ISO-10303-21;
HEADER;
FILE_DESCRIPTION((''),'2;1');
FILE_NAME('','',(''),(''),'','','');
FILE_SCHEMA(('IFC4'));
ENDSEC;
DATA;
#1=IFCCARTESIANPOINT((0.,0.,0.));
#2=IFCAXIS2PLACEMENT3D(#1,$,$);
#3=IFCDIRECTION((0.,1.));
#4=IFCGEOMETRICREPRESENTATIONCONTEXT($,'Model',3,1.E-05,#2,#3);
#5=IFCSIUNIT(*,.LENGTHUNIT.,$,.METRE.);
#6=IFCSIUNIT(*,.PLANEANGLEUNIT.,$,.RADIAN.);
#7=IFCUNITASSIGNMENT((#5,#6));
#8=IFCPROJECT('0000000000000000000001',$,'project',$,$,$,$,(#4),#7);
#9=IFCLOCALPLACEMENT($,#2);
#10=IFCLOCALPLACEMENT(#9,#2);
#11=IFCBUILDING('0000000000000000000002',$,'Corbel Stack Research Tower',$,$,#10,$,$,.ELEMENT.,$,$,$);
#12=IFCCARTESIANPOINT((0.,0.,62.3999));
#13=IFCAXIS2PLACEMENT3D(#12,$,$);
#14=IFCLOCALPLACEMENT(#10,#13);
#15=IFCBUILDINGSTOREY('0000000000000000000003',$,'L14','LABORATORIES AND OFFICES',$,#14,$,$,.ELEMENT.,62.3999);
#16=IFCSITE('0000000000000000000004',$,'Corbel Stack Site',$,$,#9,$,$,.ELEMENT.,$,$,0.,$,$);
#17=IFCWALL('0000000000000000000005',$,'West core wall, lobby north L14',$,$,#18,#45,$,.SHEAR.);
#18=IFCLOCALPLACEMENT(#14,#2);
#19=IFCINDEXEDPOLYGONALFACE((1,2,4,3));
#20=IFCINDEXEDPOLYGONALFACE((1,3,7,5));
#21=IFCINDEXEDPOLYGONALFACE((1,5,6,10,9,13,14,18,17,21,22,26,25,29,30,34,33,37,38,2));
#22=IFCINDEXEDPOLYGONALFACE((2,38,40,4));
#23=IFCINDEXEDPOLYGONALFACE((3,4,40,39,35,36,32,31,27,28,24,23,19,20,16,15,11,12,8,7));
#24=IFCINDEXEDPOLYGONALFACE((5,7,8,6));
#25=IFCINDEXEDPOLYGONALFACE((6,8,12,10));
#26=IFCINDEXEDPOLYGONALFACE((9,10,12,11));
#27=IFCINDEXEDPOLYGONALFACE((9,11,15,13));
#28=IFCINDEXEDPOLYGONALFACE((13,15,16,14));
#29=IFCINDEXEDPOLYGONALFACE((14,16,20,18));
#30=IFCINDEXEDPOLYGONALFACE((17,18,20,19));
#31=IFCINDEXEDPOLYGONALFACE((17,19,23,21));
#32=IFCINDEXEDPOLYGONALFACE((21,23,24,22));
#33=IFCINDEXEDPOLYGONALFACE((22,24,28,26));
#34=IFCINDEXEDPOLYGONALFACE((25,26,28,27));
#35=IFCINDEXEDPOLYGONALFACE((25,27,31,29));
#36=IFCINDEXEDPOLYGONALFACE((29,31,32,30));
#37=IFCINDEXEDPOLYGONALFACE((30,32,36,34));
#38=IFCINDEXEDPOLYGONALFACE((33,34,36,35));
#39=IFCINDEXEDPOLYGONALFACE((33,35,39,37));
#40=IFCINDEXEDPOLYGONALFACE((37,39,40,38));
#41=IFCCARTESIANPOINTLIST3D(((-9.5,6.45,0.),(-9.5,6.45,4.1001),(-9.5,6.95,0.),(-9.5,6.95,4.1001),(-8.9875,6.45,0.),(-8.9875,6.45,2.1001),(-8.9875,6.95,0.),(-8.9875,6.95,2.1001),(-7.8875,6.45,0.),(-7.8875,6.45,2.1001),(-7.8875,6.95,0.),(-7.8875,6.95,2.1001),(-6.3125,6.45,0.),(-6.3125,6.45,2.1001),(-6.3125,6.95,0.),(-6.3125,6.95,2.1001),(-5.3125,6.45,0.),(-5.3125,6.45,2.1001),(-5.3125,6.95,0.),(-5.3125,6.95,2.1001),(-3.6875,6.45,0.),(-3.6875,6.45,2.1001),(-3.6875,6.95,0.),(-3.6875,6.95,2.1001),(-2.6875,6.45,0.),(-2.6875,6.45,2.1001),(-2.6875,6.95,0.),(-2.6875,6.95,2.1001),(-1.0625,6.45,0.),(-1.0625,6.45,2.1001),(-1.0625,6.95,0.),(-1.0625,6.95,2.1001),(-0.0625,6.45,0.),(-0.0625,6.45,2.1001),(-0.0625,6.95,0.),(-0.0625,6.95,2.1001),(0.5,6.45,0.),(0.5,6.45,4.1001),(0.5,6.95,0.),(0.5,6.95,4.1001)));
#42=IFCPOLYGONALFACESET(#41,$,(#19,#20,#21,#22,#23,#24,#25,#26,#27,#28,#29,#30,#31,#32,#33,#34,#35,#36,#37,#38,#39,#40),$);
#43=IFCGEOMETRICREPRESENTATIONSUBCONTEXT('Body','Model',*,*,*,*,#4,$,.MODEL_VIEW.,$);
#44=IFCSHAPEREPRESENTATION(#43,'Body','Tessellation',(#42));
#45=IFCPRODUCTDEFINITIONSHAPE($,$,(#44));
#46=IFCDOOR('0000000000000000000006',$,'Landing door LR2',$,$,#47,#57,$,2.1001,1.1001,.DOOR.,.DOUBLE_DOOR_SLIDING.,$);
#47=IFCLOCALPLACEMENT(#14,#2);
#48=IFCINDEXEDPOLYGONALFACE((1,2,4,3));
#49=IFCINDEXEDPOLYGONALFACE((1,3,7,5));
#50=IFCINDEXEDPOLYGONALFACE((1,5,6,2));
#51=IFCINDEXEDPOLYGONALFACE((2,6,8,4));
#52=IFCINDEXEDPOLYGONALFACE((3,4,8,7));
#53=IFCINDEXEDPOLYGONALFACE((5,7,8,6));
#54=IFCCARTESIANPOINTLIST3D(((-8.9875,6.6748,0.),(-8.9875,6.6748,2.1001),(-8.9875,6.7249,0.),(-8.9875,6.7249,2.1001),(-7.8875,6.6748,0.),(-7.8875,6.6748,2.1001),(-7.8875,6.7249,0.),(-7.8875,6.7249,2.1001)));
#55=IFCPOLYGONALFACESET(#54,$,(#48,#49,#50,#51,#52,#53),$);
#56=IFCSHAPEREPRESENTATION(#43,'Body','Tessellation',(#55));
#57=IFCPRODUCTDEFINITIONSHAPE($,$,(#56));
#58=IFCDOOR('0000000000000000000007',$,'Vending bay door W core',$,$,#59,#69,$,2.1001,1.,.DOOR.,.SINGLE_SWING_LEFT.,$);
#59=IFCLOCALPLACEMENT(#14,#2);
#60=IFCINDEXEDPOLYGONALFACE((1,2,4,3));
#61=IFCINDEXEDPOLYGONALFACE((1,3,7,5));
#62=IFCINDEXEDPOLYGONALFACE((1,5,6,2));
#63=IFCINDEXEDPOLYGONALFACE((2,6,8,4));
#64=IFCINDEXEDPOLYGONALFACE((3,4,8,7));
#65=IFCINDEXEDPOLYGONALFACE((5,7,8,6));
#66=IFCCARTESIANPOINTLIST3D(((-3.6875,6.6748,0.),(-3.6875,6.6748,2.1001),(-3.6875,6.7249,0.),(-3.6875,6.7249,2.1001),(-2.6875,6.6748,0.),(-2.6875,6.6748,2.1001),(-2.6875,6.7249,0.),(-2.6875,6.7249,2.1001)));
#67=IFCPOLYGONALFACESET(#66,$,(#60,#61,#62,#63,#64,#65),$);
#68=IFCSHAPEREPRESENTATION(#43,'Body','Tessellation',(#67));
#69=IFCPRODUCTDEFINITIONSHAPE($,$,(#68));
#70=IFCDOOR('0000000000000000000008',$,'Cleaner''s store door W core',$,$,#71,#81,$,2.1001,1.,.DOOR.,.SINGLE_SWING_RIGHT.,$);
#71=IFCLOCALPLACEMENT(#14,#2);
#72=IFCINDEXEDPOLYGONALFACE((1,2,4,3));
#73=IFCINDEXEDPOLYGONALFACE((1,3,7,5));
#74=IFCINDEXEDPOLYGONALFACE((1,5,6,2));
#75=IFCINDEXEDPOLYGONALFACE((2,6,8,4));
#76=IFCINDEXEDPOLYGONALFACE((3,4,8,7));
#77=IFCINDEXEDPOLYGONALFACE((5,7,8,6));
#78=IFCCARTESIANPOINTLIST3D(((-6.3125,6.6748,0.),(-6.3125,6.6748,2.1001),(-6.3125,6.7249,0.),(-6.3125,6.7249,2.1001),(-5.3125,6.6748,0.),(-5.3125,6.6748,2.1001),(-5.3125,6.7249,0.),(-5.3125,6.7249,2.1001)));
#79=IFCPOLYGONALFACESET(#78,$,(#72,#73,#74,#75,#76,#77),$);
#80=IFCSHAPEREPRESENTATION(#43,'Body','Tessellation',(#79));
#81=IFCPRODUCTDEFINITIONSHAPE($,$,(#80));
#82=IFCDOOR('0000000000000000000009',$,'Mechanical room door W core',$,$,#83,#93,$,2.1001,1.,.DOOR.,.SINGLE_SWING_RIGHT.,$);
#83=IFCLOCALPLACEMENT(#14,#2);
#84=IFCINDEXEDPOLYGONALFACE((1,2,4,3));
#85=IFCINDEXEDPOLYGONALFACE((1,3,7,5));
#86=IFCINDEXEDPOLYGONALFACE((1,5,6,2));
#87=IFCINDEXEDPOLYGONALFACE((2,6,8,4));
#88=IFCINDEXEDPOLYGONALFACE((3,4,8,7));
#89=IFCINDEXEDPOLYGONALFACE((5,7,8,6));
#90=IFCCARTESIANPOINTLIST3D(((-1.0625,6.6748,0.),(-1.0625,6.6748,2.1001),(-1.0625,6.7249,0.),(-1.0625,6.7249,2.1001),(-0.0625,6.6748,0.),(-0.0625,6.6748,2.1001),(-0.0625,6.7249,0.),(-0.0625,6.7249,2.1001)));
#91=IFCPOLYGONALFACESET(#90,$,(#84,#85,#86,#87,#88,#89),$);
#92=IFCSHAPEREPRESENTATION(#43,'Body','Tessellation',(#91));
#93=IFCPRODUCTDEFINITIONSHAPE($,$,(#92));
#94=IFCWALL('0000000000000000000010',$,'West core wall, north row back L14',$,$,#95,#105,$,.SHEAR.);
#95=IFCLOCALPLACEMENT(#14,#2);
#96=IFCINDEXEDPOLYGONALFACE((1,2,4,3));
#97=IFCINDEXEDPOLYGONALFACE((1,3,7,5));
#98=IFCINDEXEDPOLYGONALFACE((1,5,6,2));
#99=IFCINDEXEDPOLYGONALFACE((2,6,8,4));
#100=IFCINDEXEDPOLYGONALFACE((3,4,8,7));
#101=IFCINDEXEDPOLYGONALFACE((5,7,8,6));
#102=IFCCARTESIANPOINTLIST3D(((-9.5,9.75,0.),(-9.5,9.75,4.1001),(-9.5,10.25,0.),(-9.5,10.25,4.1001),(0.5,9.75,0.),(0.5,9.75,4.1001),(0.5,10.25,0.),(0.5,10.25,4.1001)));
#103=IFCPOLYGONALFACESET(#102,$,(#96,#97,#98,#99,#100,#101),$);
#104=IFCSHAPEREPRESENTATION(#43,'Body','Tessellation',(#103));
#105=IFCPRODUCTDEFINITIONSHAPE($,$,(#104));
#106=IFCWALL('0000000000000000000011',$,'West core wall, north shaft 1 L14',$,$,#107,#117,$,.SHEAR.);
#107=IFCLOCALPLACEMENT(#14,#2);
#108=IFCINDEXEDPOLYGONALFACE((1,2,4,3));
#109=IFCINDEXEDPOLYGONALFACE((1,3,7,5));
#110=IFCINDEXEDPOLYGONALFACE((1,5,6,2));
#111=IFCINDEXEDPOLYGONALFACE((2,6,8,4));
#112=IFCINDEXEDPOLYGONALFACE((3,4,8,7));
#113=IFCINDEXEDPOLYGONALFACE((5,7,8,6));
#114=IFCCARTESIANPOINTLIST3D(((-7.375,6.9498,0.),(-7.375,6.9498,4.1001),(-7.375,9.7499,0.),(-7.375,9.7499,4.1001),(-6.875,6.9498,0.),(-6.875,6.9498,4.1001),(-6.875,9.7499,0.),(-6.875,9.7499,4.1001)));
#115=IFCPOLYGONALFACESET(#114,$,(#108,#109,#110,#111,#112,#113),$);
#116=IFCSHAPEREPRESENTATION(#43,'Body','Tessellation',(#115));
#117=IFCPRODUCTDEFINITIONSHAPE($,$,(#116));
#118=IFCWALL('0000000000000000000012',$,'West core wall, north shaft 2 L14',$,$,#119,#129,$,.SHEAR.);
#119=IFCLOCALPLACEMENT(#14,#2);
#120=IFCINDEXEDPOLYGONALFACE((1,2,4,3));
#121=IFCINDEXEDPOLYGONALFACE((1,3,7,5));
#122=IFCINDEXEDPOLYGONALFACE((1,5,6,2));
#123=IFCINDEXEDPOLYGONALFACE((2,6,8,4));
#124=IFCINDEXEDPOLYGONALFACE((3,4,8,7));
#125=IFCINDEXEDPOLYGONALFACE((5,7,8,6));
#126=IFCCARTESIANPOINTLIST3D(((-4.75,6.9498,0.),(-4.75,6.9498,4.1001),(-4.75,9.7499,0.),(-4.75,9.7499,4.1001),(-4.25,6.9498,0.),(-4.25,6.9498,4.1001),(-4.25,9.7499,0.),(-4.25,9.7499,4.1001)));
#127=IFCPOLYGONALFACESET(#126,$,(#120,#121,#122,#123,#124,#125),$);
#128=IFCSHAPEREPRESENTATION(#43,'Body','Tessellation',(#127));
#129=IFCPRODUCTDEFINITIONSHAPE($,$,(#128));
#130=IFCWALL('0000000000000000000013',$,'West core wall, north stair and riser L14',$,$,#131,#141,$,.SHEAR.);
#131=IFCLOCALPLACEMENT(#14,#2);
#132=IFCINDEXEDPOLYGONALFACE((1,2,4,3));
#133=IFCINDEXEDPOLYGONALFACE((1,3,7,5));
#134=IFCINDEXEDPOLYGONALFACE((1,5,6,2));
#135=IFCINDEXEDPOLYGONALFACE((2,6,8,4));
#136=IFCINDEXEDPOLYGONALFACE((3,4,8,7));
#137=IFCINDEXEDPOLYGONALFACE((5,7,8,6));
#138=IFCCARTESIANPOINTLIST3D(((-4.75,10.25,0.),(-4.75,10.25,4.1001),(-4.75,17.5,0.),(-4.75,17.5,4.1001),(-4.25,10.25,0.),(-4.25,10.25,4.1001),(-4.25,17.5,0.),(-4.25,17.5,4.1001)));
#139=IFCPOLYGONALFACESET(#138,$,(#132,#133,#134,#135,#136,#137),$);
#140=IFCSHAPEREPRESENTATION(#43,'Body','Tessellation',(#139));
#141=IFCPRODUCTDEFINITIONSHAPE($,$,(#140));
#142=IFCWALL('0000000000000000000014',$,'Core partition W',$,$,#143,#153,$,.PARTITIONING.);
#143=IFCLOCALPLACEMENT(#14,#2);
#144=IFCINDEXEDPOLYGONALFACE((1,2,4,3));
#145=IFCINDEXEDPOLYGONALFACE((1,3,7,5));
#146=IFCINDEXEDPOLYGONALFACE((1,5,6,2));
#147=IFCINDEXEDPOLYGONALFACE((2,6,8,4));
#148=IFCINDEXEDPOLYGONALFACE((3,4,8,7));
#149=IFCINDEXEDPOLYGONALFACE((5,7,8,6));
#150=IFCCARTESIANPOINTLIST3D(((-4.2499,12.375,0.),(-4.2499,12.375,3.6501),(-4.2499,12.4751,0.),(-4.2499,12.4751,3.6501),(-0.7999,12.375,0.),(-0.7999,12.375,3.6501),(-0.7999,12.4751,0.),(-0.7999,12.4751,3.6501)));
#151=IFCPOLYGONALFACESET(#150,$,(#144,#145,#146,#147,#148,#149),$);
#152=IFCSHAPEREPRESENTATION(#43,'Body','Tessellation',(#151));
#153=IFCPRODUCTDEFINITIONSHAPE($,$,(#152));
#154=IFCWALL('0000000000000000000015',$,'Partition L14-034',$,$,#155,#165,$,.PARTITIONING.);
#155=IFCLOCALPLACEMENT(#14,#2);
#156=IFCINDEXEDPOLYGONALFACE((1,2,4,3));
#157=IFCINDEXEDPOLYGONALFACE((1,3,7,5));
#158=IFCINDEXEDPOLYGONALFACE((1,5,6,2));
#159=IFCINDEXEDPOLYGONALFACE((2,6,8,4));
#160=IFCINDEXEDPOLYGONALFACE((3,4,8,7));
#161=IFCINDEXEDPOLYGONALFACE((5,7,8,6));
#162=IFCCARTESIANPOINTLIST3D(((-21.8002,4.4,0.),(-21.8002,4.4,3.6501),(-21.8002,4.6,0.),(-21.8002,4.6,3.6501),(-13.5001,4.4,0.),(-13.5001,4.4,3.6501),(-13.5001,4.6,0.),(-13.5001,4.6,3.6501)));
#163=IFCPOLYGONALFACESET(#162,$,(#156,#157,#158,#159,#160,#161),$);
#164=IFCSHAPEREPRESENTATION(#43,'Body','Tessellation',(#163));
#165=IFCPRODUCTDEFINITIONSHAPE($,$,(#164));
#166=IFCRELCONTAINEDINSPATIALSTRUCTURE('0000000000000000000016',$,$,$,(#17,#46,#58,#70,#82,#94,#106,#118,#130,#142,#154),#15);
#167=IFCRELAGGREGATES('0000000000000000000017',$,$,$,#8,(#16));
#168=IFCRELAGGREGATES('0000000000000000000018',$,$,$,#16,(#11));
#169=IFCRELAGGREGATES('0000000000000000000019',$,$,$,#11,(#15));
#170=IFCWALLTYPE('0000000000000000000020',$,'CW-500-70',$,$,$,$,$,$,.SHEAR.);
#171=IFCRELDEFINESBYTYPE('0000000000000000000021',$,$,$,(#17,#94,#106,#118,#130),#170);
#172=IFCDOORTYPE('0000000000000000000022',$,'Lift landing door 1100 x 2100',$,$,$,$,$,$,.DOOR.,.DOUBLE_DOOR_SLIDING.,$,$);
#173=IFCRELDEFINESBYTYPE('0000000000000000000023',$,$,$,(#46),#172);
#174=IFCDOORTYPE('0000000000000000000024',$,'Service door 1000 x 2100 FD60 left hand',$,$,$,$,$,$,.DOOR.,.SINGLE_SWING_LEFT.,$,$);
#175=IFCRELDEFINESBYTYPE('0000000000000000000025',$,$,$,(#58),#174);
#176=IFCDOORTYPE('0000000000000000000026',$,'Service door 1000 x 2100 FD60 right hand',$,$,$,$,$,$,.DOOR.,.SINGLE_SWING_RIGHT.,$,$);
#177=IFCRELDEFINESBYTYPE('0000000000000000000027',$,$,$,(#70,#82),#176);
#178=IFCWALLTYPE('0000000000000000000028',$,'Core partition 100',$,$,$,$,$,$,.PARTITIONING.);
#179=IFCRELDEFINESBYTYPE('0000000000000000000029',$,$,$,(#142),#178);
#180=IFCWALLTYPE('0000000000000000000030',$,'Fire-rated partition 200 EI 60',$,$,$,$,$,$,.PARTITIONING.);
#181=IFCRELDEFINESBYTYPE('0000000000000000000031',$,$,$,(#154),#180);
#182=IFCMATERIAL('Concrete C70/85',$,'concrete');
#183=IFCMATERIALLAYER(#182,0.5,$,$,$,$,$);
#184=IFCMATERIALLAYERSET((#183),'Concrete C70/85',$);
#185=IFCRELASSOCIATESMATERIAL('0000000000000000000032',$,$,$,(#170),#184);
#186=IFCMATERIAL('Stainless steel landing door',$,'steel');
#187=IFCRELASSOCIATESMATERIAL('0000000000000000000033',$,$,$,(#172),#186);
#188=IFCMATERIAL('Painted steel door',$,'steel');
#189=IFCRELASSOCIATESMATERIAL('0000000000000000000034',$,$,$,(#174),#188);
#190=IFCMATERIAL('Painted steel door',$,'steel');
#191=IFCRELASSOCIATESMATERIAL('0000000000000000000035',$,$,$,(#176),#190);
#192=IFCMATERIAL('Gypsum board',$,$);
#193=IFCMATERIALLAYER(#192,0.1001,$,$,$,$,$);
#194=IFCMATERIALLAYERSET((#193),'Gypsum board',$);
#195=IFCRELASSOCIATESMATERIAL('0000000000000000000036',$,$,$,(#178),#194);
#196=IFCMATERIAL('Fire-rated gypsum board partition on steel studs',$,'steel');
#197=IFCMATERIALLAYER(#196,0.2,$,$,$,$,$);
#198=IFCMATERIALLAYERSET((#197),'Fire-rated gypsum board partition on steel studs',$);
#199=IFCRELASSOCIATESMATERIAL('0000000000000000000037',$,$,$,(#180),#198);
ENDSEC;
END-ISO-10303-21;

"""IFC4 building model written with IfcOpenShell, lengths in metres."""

from ifc_helpers import new_model, si_unit, direction, frame, frame_2d, origin, place, context, subcontext, project, spatial, rectangle, extrude, material, layer, layer_set, type_object, element, fill, save


model = new_model("IFC4")

# Units and contexts
model_context = context("Model", 3, precision=1e-05, world=origin(), true_north=direction((0.0, 1.0)))
body_context = subcontext(model_context, "Body", "Model", "MODEL_VIEW")
ifc_project = project(units=[si_unit("LENGTHUNIT", "METRE"), si_unit("PLANEANGLEUNIT", "RADIAN")], contexts=[model_context])

# Site, building, storey
site_placement = place(None, origin())
site = spatial("IfcSite", under=ifc_project, at=site_placement, Name="Corbel Stack Site", CompositionType="ELEMENT", RefElevation=0.0)
building_placement = place(site_placement, origin())
building = spatial("IfcBuilding", under=site, at=building_placement, Name="Corbel Stack Research Tower", CompositionType="ELEMENT")
storey_placement = place(building_placement, frame((0.0, 0.0, 62.3999)))
storey = spatial("IfcBuildingStorey", under=building, at=storey_placement, Name="L14", Description="LABORATORIES AND OFFICES", CompositionType="ELEMENT", Elevation=62.3999)

# Wall, openings, doors
ifc_material_1 = material(Name="Concrete C70/85", Category="concrete")
ifc_layer_1 = layer(ifc_material_1, 0.5)
ifc_layer_set_1 = layer_set([ifc_layer_1], Name="Concrete C70/85")
wall_type_1 = type_object("IfcWallType", Name="CW-500-70", PredefinedType="SHEAR", material=ifc_layer_set_1)
ifc_material_2 = material(Name="Stainless steel landing door", Category="steel")
door_type_1 = type_object("IfcDoorType", Name="Lift landing door 1100 x 2100", OperationType="DOUBLE_DOOR_SLIDING", PredefinedType="DOOR", material=ifc_material_2)
wall_1_placement = place(storey_placement, frame((-9.5, 6.7, 0.0), z_axis=(0.0, 0.0, 1.0), x_axis=(1.0, 0.0, 0.0)))
wall_1 = element("IfcWall", 1, at=wall_1_placement, inside=storey, type_object=wall_type_1, Name="West core wall, lobby north L14", PredefinedType="SHEAR", context=body_context, shape_type="SweptSolid", body=[
    extrude(rectangle(XDim=10.0, YDim=0.5, at=frame_2d((5.0, 0.0))), origin(), (0.0, 0.0, 1.0), 4.1001),
])
opening_1_placement = place(wall_1_placement, frame((0.5125, 0.0, 0.0)))
opening_1 = element("IfcOpeningElement", 2, at=opening_1_placement, cuts=wall_1, PredefinedType="OPENING", context=body_context, shape_type="SweptSolid", body=[
    extrude(rectangle(XDim=1.1001, YDim=2.1001, at=frame_2d((0.55, 1.05))), frame((0.0, 0.26, 0.0), z_axis=(0.0, -1.0, 0.0), x_axis=(1.0, 0.0, 0.0)), (0.0, 0.0, 1.0), 0.52),
])
opening_2_placement = place(wall_1_placement, frame((3.1875, 0.0, 0.0)))
opening_2 = element("IfcOpeningElement", 3, at=opening_2_placement, cuts=wall_1, PredefinedType="OPENING", context=body_context, shape_type="SweptSolid", body=[
    extrude(rectangle(XDim=1.0, YDim=2.1001, at=frame_2d((0.5, 1.05))), frame((0.0, 0.26, 0.0), z_axis=(0.0, -1.0, 0.0), x_axis=(1.0, 0.0, 0.0)), (0.0, 0.0, 1.0), 0.52),
])
opening_3_placement = place(wall_1_placement, frame((5.8125, 0.0, 0.0)))
opening_3 = element("IfcOpeningElement", 4, at=opening_3_placement, cuts=wall_1, PredefinedType="OPENING", context=body_context, shape_type="SweptSolid", body=[
    extrude(rectangle(XDim=1.0, YDim=2.1001, at=frame_2d((0.5, 1.05))), frame((0.0, 0.26, 0.0), z_axis=(0.0, -1.0, 0.0), x_axis=(1.0, 0.0, 0.0)), (0.0, 0.0, 1.0), 0.52),
])
opening_4_placement = place(wall_1_placement, frame((8.4375, 0.0, 0.0)))
opening_4 = element("IfcOpeningElement", 5, at=opening_4_placement, cuts=wall_1, PredefinedType="OPENING", context=body_context, shape_type="SweptSolid", body=[
    extrude(rectangle(XDim=1.0, YDim=2.1001, at=frame_2d((0.5, 1.05))), frame((0.0, 0.26, 0.0), z_axis=(0.0, -1.0, 0.0), x_axis=(1.0, 0.0, 0.0)), (0.0, 0.0, 1.0), 0.52),
])
door_1_placement = place(opening_1_placement, origin())
door_1 = element("IfcDoor", 6, at=door_1_placement, inside=storey, type_object=door_type_1, Name="Landing door LR2", OperationType="DOUBLE_DOOR_SLIDING", OverallHeight=2.1001, OverallWidth=1.1001, PredefinedType="DOOR", context=body_context, shape_type="SweptSolid", body=[
    extrude(rectangle(XDim=1.1001, YDim=2.1001, at=frame_2d((0.55, 1.05))), frame((0.0, 0.0249, 0.0), z_axis=(0.0, -1.0, 0.0), x_axis=(1.0, 0.0, 0.0)), (0.0, 0.0, 1.0), 0.05),
])
fill(opening_1, door_1)
ifc_material_3 = material(Name="Painted steel door", Category="steel")
door_type_2 = type_object("IfcDoorType", Name="Service door 1000 x 2100 FD60 left hand", OperationType="SINGLE_SWING_LEFT", PredefinedType="DOOR", material=ifc_material_3)
door_2_placement = place(opening_3_placement, origin())
door_2 = element("IfcDoor", 7, at=door_2_placement, inside=storey, type_object=door_type_2, Name="Vending bay door W core", OperationType="SINGLE_SWING_LEFT", OverallHeight=2.1001, OverallWidth=1.0, PredefinedType="DOOR", context=body_context, shape_type="SweptSolid", body=[
    extrude(rectangle(XDim=1.0, YDim=2.1001, at=frame_2d((0.5, 1.05))), frame((0.0, 0.0249, 0.0), z_axis=(0.0, -1.0, 0.0), x_axis=(1.0, 0.0, 0.0)), (0.0, 0.0, 1.0), 0.05),
])
fill(opening_3, door_2)
ifc_material_4 = material(Name="Painted steel door", Category="steel")
door_type_3 = type_object("IfcDoorType", Name="Service door 1000 x 2100 FD60 right hand", OperationType="SINGLE_SWING_RIGHT", PredefinedType="DOOR", material=ifc_material_4)
door_3_placement = place(opening_2_placement, origin())
door_3 = element("IfcDoor", 8, at=door_3_placement, inside=storey, type_object=door_type_3, Name="Cleaner's store door W core", OperationType="SINGLE_SWING_RIGHT", OverallHeight=2.1001, OverallWidth=1.0, PredefinedType="DOOR", context=body_context, shape_type="SweptSolid", body=[
    extrude(rectangle(XDim=1.0, YDim=2.1001, at=frame_2d((0.5, 1.05))), frame((0.0, 0.0249, 0.0), z_axis=(0.0, -1.0, 0.0), x_axis=(1.0, 0.0, 0.0)), (0.0, 0.0, 1.0), 0.05),
])
fill(opening_2, door_3)
door_4_placement = place(opening_4_placement, origin())
door_4 = element("IfcDoor", 9, at=door_4_placement, inside=storey, type_object=door_type_3, Name="Mechanical room door W core", OperationType="SINGLE_SWING_RIGHT", OverallHeight=2.1001, OverallWidth=1.0, PredefinedType="DOOR", context=body_context, shape_type="SweptSolid", body=[
    extrude(rectangle(XDim=1.0, YDim=2.1001, at=frame_2d((0.5, 1.05))), frame((0.0, 0.0249, 0.0), z_axis=(0.0, -1.0, 0.0), x_axis=(1.0, 0.0, 0.0)), (0.0, 0.0, 1.0), 0.05),
])
fill(opening_4, door_4)

# Walls
wall_2_placement = place(storey_placement, frame((-9.5, 10.0, 0.0), z_axis=(0.0, 0.0, 1.0), x_axis=(1.0, 0.0, 0.0)))
element("IfcWall", 10, at=wall_2_placement, inside=storey, type_object=wall_type_1, Name="West core wall, north row back L14", PredefinedType="SHEAR", context=body_context, shape_type="SweptSolid", body=[
    extrude(rectangle(XDim=10.0, YDim=0.5, at=frame_2d((5.0, 0.0))), origin(), (0.0, 0.0, 1.0), 4.1001),
])
for number, where, z_axis, x_axis, name in (
    (11, (-7.125, 6.95, 0.0), (0.0, 0.0, 1.0), (0.0, 1.0, 0.0), "West core wall, north shaft 1 L14"),
    (12, (-4.5, 6.95, 0.0), (0.0, 0.0, 1.0), (0.0, 1.0, 0.0), "West core wall, north shaft 2 L14"),
):
    element("IfcWall", number, at=place(storey_placement, frame(where, z_axis=z_axis, x_axis=x_axis)), inside=storey, type_object=wall_type_1, Name=name, PredefinedType="SHEAR", context=body_context, shape_type="SweptSolid", body=[
        extrude(rectangle(XDim=2.8, YDim=0.5, at=frame_2d((1.3999, 0.0))), origin(), (0.0, 0.0, 1.0), 4.1001),
    ])
wall_3_placement = place(storey_placement, frame((-4.5, 10.25, 0.0), z_axis=(0.0, 0.0, 1.0), x_axis=(0.0, 1.0, 0.0)))
element("IfcWall", 13, at=wall_3_placement, inside=storey, type_object=wall_type_1, Name="West core wall, north stair and riser L14", PredefinedType="SHEAR", context=body_context, shape_type="SweptSolid", body=[
    extrude(rectangle(XDim=7.25, YDim=0.5, at=frame_2d((3.625, 0.0))), origin(), (0.0, 0.0, 1.0), 4.1001),
])
ifc_material_5 = material(Name="Gypsum board")
ifc_layer_2 = layer(ifc_material_5, 0.1001)
ifc_layer_set_2 = layer_set([ifc_layer_2], Name="Gypsum board")
wall_type_2 = type_object("IfcWallType", Name="Core partition 100", PredefinedType="PARTITIONING", material=ifc_layer_set_2)
wall_4_placement = place(storey_placement, frame((-4.25, 12.425, 0.0), z_axis=(0.0, 0.0, 1.0), x_axis=(1.0, 0.0, 0.0)))
element("IfcWall", 14, at=wall_4_placement, inside=storey, type_object=wall_type_2, Name="Core partition W", PredefinedType="PARTITIONING", context=body_context, shape_type="SweptSolid", body=[
    extrude(rectangle(XDim=3.45, YDim=0.1001, at=frame_2d((1.7251, 0.0))), origin(), (0.0, 0.0, 1.0), 3.6501),
])
ifc_material_6 = material(Name="Fire-rated gypsum board partition on steel studs", Category="steel")
ifc_layer_3 = layer(ifc_material_6, 0.2)
ifc_layer_set_3 = layer_set([ifc_layer_3], Name="Fire-rated gypsum board partition on steel studs")
wall_type_3 = type_object("IfcWallType", Name="Fire-rated partition 200 EI 60", PredefinedType="PARTITIONING", material=ifc_layer_set_3)
wall_5_placement = place(storey_placement, frame((-21.8, 4.5, 0.0), z_axis=(0.0, 0.0, 1.0), x_axis=(1.0, 0.0, 0.0)))
element("IfcWall", 15, at=wall_5_placement, inside=storey, type_object=wall_type_3, Name="Partition L14-034", PredefinedType="PARTITIONING", context=body_context, shape_type="SweptSolid", body=[
    extrude(rectangle(XDim=8.3, YDim=0.2, at=frame_2d((4.1499, 0.0))), origin(), (0.0, 0.0, 1.0), 3.6501),
])

save(model, "model.ifc")
